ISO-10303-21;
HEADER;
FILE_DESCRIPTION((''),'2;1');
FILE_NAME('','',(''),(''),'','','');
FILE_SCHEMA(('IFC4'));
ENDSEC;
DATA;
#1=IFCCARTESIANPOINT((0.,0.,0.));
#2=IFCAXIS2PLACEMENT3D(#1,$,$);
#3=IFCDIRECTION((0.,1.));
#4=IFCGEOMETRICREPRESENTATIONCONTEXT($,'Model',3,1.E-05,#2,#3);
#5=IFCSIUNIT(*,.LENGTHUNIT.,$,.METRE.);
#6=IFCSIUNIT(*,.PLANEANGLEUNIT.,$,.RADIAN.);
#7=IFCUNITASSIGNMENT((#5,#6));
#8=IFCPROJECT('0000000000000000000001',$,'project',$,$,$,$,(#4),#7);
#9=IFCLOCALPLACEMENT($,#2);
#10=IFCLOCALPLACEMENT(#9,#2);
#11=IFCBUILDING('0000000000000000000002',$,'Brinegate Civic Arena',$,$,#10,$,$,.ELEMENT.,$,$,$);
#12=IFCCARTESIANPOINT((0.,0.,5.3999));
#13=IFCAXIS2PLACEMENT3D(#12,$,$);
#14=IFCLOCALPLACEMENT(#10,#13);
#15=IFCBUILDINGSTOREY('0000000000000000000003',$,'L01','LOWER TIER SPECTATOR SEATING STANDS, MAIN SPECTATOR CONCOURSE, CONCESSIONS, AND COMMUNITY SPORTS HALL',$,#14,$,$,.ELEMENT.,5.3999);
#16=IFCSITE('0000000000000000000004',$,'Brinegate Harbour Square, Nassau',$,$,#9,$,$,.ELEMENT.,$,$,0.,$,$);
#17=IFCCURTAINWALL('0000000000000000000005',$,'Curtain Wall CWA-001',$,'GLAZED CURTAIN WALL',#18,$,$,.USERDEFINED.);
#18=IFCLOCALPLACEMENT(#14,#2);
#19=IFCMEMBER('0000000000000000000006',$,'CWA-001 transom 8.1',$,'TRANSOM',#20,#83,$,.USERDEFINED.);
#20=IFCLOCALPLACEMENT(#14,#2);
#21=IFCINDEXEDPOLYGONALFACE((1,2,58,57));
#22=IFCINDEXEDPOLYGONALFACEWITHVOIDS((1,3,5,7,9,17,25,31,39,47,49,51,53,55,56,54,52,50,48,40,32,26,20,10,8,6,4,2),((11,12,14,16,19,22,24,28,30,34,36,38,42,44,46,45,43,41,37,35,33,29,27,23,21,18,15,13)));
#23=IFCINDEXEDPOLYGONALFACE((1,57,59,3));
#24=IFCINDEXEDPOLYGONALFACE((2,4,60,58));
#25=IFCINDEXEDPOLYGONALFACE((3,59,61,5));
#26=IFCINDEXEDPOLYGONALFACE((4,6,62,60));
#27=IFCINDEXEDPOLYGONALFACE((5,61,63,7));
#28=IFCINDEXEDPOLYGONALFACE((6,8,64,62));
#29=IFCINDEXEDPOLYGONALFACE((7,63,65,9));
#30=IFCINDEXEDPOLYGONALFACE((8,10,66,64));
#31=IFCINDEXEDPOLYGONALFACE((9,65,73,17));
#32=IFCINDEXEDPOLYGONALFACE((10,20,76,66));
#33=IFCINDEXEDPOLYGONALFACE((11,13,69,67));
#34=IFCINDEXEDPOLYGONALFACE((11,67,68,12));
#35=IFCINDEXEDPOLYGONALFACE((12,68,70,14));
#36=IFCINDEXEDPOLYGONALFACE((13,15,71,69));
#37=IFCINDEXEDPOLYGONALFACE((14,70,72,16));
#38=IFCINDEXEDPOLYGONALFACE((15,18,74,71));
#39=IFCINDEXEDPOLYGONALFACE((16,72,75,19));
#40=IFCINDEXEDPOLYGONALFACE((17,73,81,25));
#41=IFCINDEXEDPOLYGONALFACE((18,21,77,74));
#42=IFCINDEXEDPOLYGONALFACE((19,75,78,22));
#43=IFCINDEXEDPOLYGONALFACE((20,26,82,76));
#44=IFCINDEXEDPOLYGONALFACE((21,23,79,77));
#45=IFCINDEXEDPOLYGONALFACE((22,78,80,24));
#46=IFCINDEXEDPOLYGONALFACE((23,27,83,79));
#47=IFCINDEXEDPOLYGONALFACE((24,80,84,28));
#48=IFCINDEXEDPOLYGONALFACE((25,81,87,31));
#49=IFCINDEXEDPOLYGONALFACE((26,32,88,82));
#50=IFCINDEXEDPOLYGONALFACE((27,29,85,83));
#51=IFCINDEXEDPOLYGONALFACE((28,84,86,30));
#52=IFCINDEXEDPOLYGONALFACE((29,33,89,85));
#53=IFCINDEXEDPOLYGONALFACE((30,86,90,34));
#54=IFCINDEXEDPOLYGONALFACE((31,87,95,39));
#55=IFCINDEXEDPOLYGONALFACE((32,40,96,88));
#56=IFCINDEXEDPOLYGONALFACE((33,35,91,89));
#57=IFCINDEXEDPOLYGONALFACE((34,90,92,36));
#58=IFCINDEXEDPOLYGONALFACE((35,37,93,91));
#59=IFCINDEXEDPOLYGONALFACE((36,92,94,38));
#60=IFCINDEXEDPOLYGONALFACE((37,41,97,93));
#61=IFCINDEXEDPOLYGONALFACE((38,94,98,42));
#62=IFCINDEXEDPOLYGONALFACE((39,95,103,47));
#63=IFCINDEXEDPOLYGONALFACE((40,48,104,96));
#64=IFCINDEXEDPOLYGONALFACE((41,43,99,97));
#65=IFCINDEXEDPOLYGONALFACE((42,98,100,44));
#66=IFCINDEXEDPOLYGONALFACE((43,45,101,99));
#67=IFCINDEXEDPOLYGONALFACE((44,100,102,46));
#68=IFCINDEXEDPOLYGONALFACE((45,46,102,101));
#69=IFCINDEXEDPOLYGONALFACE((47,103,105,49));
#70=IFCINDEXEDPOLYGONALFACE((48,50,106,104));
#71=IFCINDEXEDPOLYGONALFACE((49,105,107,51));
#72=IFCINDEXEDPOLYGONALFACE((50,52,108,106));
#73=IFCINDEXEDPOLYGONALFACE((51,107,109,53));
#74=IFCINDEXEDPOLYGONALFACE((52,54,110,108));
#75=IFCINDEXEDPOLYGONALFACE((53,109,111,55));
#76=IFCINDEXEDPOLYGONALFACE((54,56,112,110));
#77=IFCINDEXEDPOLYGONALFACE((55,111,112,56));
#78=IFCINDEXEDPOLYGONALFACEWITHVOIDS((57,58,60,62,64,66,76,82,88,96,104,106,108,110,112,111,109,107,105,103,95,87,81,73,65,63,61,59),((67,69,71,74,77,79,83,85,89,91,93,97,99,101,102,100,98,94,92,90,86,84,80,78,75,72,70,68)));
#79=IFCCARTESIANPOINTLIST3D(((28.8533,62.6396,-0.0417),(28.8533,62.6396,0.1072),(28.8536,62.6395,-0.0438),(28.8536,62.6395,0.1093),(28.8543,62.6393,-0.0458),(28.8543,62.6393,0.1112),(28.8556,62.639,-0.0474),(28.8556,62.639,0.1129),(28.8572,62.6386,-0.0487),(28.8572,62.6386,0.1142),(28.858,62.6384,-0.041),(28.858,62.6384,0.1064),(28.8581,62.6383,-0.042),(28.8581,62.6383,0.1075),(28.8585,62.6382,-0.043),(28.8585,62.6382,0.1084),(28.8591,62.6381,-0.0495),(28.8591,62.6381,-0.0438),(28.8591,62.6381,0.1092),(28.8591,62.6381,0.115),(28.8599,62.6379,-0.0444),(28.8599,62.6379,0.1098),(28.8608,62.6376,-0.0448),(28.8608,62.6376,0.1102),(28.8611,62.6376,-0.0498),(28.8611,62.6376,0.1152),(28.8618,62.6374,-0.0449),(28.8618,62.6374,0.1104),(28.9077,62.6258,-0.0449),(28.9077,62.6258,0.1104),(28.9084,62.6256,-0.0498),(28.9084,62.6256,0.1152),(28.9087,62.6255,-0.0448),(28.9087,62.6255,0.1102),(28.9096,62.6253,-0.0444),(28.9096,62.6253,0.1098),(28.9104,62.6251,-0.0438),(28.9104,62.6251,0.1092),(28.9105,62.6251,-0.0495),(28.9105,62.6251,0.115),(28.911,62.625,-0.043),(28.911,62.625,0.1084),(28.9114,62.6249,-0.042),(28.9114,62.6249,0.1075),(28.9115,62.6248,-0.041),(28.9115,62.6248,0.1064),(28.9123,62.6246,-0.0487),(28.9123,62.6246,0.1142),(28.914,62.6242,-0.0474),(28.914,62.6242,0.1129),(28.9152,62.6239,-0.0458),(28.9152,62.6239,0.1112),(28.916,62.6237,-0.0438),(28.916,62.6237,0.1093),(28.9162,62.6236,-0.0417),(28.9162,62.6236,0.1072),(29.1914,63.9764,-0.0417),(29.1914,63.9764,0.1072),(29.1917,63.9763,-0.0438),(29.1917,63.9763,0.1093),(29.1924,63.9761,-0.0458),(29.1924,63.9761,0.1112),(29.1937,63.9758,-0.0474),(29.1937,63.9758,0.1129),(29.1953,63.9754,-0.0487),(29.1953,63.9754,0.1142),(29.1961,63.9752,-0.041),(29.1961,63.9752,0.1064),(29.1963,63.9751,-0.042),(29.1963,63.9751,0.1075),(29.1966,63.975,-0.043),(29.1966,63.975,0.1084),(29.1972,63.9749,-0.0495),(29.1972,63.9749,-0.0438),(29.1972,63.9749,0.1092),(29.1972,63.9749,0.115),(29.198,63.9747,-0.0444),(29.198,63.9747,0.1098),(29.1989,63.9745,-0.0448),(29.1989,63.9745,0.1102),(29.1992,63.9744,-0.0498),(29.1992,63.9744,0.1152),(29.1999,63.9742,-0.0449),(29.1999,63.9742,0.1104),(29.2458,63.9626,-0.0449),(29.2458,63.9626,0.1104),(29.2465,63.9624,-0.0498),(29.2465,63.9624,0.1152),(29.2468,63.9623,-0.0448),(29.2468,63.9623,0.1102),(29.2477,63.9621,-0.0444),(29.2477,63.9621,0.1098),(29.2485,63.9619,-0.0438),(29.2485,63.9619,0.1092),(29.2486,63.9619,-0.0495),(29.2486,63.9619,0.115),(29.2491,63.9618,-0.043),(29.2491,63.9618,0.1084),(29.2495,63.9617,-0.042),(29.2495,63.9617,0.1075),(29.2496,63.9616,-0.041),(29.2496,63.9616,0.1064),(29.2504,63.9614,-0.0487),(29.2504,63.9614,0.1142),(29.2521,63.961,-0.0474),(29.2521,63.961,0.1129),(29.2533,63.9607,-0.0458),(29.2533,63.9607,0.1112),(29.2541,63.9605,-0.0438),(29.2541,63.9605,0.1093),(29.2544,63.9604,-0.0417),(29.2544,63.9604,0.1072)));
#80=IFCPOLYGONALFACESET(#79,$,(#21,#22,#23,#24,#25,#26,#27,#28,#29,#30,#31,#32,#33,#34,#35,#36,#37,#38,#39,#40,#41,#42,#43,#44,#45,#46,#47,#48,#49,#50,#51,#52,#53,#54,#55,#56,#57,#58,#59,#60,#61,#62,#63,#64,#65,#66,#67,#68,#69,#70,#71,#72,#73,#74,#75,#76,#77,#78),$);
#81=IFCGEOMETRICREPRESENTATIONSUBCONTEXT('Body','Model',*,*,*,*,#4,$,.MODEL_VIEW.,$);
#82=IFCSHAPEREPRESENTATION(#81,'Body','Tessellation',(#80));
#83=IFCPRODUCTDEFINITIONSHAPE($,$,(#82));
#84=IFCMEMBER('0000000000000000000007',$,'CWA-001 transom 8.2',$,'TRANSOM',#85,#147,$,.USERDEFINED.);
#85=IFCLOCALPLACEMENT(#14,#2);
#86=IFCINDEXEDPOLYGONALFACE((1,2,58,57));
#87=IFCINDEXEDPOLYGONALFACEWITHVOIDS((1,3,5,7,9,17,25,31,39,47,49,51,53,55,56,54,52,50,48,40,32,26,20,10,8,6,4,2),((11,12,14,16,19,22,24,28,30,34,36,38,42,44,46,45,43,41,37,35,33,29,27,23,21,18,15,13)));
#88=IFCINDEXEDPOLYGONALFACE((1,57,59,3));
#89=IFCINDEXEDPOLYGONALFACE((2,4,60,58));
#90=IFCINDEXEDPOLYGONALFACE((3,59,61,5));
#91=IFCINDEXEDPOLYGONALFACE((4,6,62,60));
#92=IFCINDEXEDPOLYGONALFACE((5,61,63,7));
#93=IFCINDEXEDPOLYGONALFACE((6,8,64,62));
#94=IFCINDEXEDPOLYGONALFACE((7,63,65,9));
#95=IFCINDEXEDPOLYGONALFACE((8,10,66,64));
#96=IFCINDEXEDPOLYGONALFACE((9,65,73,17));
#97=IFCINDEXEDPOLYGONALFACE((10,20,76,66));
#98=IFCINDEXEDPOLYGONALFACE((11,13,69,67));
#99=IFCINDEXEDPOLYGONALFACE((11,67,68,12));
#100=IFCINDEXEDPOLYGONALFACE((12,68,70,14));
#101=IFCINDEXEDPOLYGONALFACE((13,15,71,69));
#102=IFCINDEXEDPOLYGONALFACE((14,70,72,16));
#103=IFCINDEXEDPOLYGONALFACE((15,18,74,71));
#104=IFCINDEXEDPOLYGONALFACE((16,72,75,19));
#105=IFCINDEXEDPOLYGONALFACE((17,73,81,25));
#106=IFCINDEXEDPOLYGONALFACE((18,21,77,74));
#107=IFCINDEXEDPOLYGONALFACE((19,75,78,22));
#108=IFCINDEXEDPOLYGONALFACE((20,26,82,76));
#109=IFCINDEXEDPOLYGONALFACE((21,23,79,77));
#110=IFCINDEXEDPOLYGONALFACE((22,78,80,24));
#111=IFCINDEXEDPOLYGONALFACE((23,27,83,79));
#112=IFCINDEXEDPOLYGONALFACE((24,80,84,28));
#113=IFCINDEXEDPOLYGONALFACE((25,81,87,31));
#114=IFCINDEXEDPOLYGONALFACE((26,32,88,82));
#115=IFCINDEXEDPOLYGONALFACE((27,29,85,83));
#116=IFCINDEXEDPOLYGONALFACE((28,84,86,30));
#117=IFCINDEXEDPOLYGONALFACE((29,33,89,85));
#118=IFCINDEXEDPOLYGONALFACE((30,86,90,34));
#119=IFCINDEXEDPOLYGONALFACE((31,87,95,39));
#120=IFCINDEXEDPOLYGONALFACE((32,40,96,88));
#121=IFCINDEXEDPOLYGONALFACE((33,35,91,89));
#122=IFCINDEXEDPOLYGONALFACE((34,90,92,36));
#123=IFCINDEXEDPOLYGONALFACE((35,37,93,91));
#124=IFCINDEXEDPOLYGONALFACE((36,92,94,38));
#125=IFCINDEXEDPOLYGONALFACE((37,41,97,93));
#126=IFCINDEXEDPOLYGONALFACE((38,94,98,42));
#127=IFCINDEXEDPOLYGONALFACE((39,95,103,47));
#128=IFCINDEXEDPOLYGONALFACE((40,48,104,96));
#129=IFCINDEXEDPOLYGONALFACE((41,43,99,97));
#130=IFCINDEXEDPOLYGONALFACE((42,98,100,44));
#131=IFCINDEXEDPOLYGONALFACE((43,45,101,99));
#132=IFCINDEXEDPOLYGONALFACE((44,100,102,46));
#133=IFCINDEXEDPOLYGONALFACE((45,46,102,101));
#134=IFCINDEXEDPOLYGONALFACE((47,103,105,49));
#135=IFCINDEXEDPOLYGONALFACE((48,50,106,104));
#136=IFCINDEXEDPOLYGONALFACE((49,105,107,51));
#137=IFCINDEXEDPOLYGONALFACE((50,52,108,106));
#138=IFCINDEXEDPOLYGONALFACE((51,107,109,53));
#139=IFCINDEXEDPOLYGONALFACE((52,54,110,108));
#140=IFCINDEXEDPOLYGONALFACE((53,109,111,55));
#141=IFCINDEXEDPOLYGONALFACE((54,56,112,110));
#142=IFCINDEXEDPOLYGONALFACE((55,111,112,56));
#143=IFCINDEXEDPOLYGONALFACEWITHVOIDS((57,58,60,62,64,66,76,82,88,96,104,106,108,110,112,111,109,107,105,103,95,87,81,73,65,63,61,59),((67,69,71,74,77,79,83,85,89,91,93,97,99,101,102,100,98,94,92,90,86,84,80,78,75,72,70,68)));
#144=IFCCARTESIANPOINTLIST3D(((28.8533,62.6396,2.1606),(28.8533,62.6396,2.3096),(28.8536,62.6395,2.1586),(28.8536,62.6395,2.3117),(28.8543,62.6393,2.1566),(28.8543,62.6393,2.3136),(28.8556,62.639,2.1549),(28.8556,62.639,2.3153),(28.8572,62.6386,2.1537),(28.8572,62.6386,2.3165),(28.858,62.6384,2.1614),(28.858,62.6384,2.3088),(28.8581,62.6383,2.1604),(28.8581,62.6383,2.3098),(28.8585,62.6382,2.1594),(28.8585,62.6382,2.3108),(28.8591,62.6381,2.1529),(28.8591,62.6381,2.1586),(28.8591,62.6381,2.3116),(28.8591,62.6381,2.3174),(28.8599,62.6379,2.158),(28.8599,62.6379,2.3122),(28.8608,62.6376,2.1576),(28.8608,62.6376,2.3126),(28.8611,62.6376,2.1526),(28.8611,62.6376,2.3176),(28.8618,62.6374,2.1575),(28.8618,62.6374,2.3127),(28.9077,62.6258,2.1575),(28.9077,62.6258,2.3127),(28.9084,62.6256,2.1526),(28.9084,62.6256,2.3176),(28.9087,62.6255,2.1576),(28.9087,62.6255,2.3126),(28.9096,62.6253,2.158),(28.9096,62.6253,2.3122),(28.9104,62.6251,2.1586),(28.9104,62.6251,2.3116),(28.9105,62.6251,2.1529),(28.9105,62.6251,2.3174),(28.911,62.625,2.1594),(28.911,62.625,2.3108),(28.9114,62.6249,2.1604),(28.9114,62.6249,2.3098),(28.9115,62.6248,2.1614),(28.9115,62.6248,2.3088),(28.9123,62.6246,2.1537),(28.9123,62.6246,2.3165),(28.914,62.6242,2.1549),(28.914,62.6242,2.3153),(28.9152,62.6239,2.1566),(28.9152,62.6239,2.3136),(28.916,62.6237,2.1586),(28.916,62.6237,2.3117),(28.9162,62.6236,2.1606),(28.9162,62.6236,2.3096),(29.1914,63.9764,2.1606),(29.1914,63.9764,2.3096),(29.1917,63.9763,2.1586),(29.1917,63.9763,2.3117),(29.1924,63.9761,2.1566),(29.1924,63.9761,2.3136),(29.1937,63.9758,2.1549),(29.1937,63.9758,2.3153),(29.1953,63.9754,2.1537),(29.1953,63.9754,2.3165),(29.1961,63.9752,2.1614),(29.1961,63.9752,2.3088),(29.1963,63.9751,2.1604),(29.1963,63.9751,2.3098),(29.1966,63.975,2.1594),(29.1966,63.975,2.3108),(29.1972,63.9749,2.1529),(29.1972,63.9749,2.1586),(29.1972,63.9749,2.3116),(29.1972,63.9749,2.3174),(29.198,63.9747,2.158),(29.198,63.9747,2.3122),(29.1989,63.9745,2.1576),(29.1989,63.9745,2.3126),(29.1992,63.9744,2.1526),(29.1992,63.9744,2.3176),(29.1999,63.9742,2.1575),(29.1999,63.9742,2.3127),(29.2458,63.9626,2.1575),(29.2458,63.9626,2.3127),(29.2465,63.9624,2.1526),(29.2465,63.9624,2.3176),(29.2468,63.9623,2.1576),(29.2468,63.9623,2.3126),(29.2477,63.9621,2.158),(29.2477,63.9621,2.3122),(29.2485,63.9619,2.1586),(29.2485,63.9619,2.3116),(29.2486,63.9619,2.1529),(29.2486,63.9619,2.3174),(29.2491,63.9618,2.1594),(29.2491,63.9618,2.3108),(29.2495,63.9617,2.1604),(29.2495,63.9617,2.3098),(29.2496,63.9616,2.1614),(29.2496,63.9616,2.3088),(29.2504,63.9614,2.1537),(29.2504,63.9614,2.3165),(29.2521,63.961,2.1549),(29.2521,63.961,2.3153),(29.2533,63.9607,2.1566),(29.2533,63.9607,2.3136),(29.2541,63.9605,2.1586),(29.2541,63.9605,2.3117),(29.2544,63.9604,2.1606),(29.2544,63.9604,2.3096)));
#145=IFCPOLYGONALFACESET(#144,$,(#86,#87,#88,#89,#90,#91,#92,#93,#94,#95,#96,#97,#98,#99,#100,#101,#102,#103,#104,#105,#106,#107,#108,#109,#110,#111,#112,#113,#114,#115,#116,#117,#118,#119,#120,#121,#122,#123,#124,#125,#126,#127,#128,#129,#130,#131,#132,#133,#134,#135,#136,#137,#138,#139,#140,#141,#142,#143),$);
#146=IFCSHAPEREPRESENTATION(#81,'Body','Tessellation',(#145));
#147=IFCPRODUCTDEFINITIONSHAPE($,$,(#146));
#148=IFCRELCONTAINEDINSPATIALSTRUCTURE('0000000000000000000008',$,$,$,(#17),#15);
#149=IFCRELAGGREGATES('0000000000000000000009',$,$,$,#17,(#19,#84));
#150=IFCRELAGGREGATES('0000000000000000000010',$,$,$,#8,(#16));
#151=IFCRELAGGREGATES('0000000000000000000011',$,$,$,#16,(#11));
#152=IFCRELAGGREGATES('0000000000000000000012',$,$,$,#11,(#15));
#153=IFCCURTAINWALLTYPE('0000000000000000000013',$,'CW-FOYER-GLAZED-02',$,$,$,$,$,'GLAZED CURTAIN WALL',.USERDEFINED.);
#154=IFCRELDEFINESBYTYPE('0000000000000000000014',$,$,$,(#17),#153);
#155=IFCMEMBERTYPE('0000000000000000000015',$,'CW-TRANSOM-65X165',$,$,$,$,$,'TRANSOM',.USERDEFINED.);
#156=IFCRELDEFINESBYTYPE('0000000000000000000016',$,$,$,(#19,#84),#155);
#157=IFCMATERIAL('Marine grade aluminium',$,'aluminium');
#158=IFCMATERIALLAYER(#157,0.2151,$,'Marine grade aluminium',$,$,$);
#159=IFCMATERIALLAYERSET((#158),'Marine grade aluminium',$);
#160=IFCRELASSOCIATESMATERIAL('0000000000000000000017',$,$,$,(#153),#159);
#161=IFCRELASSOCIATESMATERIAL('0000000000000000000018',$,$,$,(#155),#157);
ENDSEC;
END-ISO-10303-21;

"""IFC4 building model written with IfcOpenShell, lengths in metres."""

from ifc_helpers import new_model, si_unit, direction, frame, origin, origin_2d, place, context, subcontext, project, spatial, hollow_rectangle, extrude, material, layer, layer_set, material_profile, profile_set, type_object, element, aggregate, save


model = new_model("IFC4")

# Units and contexts
model_context = context("Model", 3, precision=1e-05, world=origin(), true_north=direction((0.0, 1.0)))
body_context = subcontext(model_context, "Body", "Model", "MODEL_VIEW")
ifc_project = project(units=[si_unit("LENGTHUNIT", "METRE"), si_unit("PLANEANGLEUNIT", "RADIAN")], contexts=[model_context])

# Site, building, storey
site_placement = place(None, origin())
site = spatial("IfcSite", under=ifc_project, at=site_placement, Name="Brinegate Harbour Square, Nassau", CompositionType="ELEMENT", RefElevation=0.0)
building_placement = place(site_placement, origin())
building = spatial("IfcBuilding", under=site, at=building_placement, Name="Brinegate Civic Arena", CompositionType="ELEMENT")
storey_placement = place(building_placement, frame((0.0, 0.0, 5.3999)))
storey = spatial("IfcBuildingStorey", under=building, at=storey_placement, Name="L01", Description="LOWER TIER SPECTATOR SEATING STANDS, MAIN SPECTATOR CONCOURSE, CONCESSIONS, AND COMMUNITY SPORTS HALL", CompositionType="ELEMENT", Elevation=5.3999)

# Curtain wall, members
ifc_material_1 = material(Name="Marine grade aluminium", Category="aluminium")
ifc_layer_1 = layer(ifc_material_1, 0.2151, Name="Marine grade aluminium")
ifc_layer_set_1 = layer_set([ifc_layer_1], Name="Marine grade aluminium")
curtain_wall_type = type_object("IfcCurtainWallType", Name="CW-FOYER-GLAZED-02", ElementType="GLAZED CURTAIN WALL", PredefinedType="USERDEFINED", material=ifc_layer_set_1)
curtain_wall_placement = place(storey_placement, origin())
curtain_wall = element("IfcCurtainWall", 1, at=curtain_wall_placement, inside=storey, type_object=curtain_wall_type, Name="Curtain Wall CWA-001", ObjectType="GLAZED CURTAIN WALL", PredefinedType="USERDEFINED")
ifc_material_profile_1 = material_profile(ifc_material_1, hollow_rectangle(XDim=0.0649, YDim=0.165, WallThickness=0.0049, InnerFilletRadius=0.0039, OuterFilletRadius=0.0081, at=origin_2d()), Name="TRN65X165")
ifc_profile_set_1 = profile_set([ifc_material_profile_1], Name="Marine grade aluminium")
member_type_1 = type_object("IfcMemberType", Name="CW-TRANSOM-65X165", ElementType="TRANSOM", PredefinedType="USERDEFINED", material=ifc_profile_set_1)
member_1_placement = place(storey_placement, frame((28.8848, 62.6316, 0.0327), z_axis=(0.245201, 0.969472, 0.0), x_axis=(-0.969472, 0.245201, 0.0)))
member_1 = element("IfcMember", 2, at=member_1_placement, type_object=member_type_1, Name="CWA-001 transom 8.1", ObjectType="TRANSOM", PredefinedType="USERDEFINED", context=body_context, shape_type="SweptSolid", body=[
    extrude(hollow_rectangle(XDim=0.0649, YDim=0.165, WallThickness=0.0049, InnerFilletRadius=0.0039, OuterFilletRadius=0.0081, at=origin_2d()), origin(), (0.0, 0.0, 1.0), 1.3789),
])
member_2_placement = place(storey_placement, frame((28.8848, 62.6316, 2.2351), z_axis=(0.245201, 0.969472, 0.0), x_axis=(-0.969472, 0.245201, 0.0)))
member_2 = element("IfcMember", 3, at=member_2_placement, type_object=member_type_1, Name="CWA-001 transom 8.2", ObjectType="TRANSOM", PredefinedType="USERDEFINED", context=body_context, shape_type="SweptSolid", body=[
    extrude(hollow_rectangle(XDim=0.0649, YDim=0.165, WallThickness=0.0049, InnerFilletRadius=0.0039, OuterFilletRadius=0.0081, at=origin_2d()), origin(), (0.0, 0.0, 1.0), 1.3789),
])
aggregate(curtain_wall, [member_1, member_2])

save(model, "model.ifc")
